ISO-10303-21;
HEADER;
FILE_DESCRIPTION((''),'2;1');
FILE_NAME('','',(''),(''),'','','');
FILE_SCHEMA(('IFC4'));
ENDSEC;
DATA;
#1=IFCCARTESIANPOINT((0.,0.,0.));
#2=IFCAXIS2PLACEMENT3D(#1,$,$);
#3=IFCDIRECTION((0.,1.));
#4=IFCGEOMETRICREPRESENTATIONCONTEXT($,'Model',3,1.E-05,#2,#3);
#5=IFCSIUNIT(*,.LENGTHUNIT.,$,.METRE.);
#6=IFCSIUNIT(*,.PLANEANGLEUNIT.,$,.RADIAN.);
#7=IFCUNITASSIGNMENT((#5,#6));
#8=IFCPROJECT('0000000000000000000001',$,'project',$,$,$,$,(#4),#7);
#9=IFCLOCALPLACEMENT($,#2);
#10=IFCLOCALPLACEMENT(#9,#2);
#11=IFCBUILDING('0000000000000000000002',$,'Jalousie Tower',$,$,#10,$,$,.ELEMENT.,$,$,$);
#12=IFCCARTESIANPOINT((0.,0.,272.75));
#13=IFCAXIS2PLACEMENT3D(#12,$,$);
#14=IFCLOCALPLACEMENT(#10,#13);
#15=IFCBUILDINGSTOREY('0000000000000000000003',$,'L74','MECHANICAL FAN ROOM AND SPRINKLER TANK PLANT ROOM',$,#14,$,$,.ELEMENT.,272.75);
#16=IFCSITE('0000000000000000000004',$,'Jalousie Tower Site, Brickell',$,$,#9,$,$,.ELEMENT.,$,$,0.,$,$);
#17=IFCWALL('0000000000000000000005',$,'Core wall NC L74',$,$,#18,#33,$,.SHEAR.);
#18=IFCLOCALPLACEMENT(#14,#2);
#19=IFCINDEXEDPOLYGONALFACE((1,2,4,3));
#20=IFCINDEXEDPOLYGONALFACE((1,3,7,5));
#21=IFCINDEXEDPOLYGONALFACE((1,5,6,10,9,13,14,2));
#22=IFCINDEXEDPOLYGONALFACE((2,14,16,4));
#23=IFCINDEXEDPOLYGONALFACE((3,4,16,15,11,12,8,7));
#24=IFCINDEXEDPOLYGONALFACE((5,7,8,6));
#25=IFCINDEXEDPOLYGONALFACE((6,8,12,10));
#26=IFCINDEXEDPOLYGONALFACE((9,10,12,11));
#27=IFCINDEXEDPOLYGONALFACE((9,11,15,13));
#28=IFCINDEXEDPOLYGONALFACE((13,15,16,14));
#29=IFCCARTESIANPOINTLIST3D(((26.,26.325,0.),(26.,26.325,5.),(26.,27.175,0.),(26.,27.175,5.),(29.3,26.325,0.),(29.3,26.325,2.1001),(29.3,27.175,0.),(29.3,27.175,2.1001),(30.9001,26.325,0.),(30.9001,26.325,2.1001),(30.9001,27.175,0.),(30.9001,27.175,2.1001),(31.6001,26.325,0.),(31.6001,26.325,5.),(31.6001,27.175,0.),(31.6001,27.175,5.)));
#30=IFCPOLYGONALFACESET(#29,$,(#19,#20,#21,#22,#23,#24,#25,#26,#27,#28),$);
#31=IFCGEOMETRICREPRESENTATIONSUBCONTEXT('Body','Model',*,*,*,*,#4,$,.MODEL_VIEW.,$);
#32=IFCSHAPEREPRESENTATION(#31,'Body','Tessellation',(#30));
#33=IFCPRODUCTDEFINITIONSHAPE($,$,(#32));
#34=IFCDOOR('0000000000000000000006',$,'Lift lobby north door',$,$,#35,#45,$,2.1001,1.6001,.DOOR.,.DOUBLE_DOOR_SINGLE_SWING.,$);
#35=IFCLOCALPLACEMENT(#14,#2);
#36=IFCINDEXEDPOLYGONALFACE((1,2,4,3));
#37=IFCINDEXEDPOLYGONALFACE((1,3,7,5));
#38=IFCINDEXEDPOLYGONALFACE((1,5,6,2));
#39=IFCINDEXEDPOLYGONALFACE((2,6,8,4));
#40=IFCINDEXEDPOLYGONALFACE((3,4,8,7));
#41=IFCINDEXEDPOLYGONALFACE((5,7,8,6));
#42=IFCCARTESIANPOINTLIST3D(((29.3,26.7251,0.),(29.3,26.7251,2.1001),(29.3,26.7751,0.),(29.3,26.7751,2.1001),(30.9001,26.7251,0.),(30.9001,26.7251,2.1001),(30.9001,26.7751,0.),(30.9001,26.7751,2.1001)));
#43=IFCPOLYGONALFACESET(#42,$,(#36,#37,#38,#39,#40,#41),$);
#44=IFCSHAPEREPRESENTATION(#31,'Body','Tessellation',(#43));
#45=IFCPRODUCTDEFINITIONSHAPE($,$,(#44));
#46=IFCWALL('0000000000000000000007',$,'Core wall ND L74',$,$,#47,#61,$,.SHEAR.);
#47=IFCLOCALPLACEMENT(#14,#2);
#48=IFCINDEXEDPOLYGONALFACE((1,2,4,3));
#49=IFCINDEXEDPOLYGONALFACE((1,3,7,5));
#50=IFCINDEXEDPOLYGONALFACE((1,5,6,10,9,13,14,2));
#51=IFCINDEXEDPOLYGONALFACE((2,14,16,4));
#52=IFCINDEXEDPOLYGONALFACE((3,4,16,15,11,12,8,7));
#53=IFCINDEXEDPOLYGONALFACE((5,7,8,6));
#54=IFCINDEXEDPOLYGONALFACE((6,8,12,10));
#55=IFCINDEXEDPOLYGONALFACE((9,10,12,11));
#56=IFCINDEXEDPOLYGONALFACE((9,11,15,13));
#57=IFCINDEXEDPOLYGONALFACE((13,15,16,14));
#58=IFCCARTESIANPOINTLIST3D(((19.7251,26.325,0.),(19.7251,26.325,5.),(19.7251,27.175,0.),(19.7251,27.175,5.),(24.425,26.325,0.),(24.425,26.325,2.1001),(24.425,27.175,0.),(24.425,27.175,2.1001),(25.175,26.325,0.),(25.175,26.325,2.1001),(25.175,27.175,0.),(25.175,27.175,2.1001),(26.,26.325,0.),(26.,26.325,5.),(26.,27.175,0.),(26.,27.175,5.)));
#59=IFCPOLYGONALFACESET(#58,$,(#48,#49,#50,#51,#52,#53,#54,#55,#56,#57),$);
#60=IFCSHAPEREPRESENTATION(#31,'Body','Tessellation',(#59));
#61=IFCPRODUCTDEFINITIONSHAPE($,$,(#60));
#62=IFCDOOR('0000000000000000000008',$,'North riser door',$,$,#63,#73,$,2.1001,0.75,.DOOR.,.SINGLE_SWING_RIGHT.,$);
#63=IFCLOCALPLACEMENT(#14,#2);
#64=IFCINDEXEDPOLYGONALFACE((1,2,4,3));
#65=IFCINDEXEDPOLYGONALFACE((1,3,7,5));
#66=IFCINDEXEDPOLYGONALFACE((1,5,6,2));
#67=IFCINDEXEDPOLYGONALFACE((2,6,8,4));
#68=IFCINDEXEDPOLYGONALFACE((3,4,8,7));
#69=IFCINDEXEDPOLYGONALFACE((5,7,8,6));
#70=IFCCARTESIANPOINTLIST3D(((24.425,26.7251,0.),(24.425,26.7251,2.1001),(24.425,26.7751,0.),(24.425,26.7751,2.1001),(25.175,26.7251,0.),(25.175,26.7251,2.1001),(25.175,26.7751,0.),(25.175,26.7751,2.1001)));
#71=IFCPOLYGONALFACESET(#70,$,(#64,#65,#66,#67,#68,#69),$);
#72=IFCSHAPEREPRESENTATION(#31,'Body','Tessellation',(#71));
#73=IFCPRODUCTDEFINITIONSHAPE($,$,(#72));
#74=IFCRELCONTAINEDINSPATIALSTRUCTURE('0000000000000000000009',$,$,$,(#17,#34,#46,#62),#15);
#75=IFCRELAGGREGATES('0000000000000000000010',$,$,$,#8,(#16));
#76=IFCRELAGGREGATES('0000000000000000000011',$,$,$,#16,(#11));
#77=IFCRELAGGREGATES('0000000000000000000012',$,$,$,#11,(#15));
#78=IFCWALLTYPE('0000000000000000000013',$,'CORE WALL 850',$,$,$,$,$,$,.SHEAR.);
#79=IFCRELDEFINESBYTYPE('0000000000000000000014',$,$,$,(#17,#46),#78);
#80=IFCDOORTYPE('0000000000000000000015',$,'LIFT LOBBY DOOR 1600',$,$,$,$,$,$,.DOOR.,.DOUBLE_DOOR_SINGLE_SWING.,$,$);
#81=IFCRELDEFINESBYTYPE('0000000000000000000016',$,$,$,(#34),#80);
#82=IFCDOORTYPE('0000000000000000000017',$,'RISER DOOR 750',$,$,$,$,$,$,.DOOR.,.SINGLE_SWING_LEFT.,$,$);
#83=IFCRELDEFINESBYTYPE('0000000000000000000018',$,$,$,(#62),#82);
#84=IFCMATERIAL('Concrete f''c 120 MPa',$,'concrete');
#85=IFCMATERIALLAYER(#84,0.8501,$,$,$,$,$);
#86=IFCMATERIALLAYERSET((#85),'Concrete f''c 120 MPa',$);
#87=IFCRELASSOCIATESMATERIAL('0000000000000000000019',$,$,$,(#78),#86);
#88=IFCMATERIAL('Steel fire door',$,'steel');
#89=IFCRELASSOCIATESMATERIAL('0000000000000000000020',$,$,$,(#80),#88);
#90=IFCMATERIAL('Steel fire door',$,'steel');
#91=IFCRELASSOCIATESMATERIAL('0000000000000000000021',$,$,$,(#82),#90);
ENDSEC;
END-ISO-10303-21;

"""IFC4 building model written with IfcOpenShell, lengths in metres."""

from ifc_helpers import new_model, si_unit, direction, frame, frame_2d, origin, place, context, subcontext, project, spatial, rectangle, extrude, material, layer, layer_set, type_object, element, fill, save


model = new_model("IFC4")

# Units and contexts
model_context = context("Model", 3, precision=1e-05, world=origin(), true_north=direction((0.0, 1.0)))
body_context = subcontext(model_context, "Body", "Model", "MODEL_VIEW")
ifc_project = project(units=[si_unit("LENGTHUNIT", "METRE"), si_unit("PLANEANGLEUNIT", "RADIAN")], contexts=[model_context])

# Site, building, storey
site_placement = place(None, origin())
site = spatial("IfcSite", under=ifc_project, at=site_placement, Name="Jalousie Tower Site, Brickell", CompositionType="ELEMENT", RefElevation=0.0)
building_placement = place(site_placement, origin())
building = spatial("IfcBuilding", under=site, at=building_placement, Name="Jalousie Tower", CompositionType="ELEMENT")
storey_placement = place(building_placement, frame((0.0, 0.0, 272.75)))
storey = spatial("IfcBuildingStorey", under=building, at=storey_placement, Name="L74", Description="MECHANICAL FAN ROOM AND SPRINKLER TANK PLANT ROOM", CompositionType="ELEMENT", Elevation=272.75)

# Walls, openings, doors
ifc_material_1 = material(Name="Concrete f'c 120 MPa", Category="concrete")
ifc_layer_1 = layer(ifc_material_1, 0.8501)
ifc_layer_set_1 = layer_set([ifc_layer_1], Name="Concrete f'c 120 MPa")
wall_type_1 = type_object("IfcWallType", Name="CORE WALL 850", PredefinedType="SHEAR", material=ifc_layer_set_1)
wall_1_placement = place(storey_placement, frame((31.6001, 26.75, 0.0), z_axis=(0.0, 0.0, 1.0), x_axis=(-1.0, 0.0, 0.0)))
wall_1 = element("IfcWall", 1, at=wall_1_placement, inside=storey, type_object=wall_type_1, Name="Core wall NC L74", PredefinedType="SHEAR", context=body_context, shape_type="SweptSolid", body=[
    extrude(rectangle(XDim=5.6001, YDim=0.8501, at=frame_2d((2.8, 0.0))), origin(), (0.0, 0.0, 1.0), 5.0),
])
opening_1_placement = place(wall_1_placement, frame((0.7, 0.0, 0.0)))
opening_1 = element("IfcOpeningElement", 2, at=opening_1_placement, cuts=wall_1, PredefinedType="OPENING", context=body_context, shape_type="SweptSolid", body=[
    extrude(rectangle(XDim=1.6001, YDim=2.1001, at=frame_2d((0.8, 1.05))), frame((0.0, 0.4351, 0.0), z_axis=(0.0, -1.0, 0.0), x_axis=(1.0, 0.0, 0.0)), (0.0, 0.0, 1.0), 0.8701),
])
ifc_material_2 = material(Name="Steel fire door", Category="steel")
door_type_1 = type_object("IfcDoorType", Name="LIFT LOBBY DOOR 1600", OperationType="DOUBLE_DOOR_SINGLE_SWING", PredefinedType="DOOR", material=ifc_material_2)
door_1_placement = place(opening_1_placement, origin())
door_1 = element("IfcDoor", 3, at=door_1_placement, inside=storey, type_object=door_type_1, Name="Lift lobby north door", OperationType="DOUBLE_DOOR_SINGLE_SWING", OverallHeight=2.1001, OverallWidth=1.6001, PredefinedType="DOOR", context=body_context, shape_type="SweptSolid", body=[
    extrude(rectangle(XDim=1.6001, YDim=2.1001, at=frame_2d((0.8, 1.05))), frame((0.0, 0.0249, 0.0), z_axis=(0.0, -1.0, 0.0), x_axis=(1.0, 0.0, 0.0)), (0.0, 0.0, 1.0), 0.05),
])
fill(opening_1, door_1)
wall_2_placement = place(storey_placement, frame((26.0, 26.75, 0.0), z_axis=(0.0, 0.0, 1.0), x_axis=(-1.0, 0.0, 0.0)))
wall_2 = element("IfcWall", 4, at=wall_2_placement, inside=storey, type_object=wall_type_1, Name="Core wall ND L74", PredefinedType="SHEAR", context=body_context, shape_type="SweptSolid", body=[
    extrude(rectangle(XDim=6.2749, YDim=0.8501, at=frame_2d((3.1375, 0.0))), origin(), (0.0, 0.0, 1.0), 5.0),
])
opening_2_placement = place(wall_2_placement, frame((0.825, 0.0, 0.0)))
opening_2 = element("IfcOpeningElement", 5, at=opening_2_placement, cuts=wall_2, PredefinedType="OPENING", context=body_context, shape_type="SweptSolid", body=[
    extrude(rectangle(XDim=0.75, YDim=2.1001, at=frame_2d((0.375, 1.05))), frame((0.0, 0.4351, 0.0), z_axis=(0.0, -1.0, 0.0), x_axis=(1.0, 0.0, 0.0)), (0.0, 0.0, 1.0), 0.8701),
])
ifc_material_3 = material(Name="Steel fire door", Category="steel")
door_type_2 = type_object("IfcDoorType", Name="RISER DOOR 750", OperationType="SINGLE_SWING_LEFT", PredefinedType="DOOR", material=ifc_material_3)
door_2_placement = place(opening_2_placement, origin())
door_2 = element("IfcDoor", 6, at=door_2_placement, inside=storey, type_object=door_type_2, Name="North riser door", OperationType="SINGLE_SWING_RIGHT", OverallHeight=2.1001, OverallWidth=0.75, PredefinedType="DOOR", context=body_context, shape_type="SweptSolid", body=[
    extrude(rectangle(XDim=0.75, YDim=2.1001, at=frame_2d((0.375, 1.05))), frame((0.0, 0.0249, 0.0), z_axis=(0.0, -1.0, 0.0), x_axis=(1.0, 0.0, 0.0)), (0.0, 0.0, 1.0), 0.05),
])
fill(opening_2, door_2)

save(model, "model.ifc")
